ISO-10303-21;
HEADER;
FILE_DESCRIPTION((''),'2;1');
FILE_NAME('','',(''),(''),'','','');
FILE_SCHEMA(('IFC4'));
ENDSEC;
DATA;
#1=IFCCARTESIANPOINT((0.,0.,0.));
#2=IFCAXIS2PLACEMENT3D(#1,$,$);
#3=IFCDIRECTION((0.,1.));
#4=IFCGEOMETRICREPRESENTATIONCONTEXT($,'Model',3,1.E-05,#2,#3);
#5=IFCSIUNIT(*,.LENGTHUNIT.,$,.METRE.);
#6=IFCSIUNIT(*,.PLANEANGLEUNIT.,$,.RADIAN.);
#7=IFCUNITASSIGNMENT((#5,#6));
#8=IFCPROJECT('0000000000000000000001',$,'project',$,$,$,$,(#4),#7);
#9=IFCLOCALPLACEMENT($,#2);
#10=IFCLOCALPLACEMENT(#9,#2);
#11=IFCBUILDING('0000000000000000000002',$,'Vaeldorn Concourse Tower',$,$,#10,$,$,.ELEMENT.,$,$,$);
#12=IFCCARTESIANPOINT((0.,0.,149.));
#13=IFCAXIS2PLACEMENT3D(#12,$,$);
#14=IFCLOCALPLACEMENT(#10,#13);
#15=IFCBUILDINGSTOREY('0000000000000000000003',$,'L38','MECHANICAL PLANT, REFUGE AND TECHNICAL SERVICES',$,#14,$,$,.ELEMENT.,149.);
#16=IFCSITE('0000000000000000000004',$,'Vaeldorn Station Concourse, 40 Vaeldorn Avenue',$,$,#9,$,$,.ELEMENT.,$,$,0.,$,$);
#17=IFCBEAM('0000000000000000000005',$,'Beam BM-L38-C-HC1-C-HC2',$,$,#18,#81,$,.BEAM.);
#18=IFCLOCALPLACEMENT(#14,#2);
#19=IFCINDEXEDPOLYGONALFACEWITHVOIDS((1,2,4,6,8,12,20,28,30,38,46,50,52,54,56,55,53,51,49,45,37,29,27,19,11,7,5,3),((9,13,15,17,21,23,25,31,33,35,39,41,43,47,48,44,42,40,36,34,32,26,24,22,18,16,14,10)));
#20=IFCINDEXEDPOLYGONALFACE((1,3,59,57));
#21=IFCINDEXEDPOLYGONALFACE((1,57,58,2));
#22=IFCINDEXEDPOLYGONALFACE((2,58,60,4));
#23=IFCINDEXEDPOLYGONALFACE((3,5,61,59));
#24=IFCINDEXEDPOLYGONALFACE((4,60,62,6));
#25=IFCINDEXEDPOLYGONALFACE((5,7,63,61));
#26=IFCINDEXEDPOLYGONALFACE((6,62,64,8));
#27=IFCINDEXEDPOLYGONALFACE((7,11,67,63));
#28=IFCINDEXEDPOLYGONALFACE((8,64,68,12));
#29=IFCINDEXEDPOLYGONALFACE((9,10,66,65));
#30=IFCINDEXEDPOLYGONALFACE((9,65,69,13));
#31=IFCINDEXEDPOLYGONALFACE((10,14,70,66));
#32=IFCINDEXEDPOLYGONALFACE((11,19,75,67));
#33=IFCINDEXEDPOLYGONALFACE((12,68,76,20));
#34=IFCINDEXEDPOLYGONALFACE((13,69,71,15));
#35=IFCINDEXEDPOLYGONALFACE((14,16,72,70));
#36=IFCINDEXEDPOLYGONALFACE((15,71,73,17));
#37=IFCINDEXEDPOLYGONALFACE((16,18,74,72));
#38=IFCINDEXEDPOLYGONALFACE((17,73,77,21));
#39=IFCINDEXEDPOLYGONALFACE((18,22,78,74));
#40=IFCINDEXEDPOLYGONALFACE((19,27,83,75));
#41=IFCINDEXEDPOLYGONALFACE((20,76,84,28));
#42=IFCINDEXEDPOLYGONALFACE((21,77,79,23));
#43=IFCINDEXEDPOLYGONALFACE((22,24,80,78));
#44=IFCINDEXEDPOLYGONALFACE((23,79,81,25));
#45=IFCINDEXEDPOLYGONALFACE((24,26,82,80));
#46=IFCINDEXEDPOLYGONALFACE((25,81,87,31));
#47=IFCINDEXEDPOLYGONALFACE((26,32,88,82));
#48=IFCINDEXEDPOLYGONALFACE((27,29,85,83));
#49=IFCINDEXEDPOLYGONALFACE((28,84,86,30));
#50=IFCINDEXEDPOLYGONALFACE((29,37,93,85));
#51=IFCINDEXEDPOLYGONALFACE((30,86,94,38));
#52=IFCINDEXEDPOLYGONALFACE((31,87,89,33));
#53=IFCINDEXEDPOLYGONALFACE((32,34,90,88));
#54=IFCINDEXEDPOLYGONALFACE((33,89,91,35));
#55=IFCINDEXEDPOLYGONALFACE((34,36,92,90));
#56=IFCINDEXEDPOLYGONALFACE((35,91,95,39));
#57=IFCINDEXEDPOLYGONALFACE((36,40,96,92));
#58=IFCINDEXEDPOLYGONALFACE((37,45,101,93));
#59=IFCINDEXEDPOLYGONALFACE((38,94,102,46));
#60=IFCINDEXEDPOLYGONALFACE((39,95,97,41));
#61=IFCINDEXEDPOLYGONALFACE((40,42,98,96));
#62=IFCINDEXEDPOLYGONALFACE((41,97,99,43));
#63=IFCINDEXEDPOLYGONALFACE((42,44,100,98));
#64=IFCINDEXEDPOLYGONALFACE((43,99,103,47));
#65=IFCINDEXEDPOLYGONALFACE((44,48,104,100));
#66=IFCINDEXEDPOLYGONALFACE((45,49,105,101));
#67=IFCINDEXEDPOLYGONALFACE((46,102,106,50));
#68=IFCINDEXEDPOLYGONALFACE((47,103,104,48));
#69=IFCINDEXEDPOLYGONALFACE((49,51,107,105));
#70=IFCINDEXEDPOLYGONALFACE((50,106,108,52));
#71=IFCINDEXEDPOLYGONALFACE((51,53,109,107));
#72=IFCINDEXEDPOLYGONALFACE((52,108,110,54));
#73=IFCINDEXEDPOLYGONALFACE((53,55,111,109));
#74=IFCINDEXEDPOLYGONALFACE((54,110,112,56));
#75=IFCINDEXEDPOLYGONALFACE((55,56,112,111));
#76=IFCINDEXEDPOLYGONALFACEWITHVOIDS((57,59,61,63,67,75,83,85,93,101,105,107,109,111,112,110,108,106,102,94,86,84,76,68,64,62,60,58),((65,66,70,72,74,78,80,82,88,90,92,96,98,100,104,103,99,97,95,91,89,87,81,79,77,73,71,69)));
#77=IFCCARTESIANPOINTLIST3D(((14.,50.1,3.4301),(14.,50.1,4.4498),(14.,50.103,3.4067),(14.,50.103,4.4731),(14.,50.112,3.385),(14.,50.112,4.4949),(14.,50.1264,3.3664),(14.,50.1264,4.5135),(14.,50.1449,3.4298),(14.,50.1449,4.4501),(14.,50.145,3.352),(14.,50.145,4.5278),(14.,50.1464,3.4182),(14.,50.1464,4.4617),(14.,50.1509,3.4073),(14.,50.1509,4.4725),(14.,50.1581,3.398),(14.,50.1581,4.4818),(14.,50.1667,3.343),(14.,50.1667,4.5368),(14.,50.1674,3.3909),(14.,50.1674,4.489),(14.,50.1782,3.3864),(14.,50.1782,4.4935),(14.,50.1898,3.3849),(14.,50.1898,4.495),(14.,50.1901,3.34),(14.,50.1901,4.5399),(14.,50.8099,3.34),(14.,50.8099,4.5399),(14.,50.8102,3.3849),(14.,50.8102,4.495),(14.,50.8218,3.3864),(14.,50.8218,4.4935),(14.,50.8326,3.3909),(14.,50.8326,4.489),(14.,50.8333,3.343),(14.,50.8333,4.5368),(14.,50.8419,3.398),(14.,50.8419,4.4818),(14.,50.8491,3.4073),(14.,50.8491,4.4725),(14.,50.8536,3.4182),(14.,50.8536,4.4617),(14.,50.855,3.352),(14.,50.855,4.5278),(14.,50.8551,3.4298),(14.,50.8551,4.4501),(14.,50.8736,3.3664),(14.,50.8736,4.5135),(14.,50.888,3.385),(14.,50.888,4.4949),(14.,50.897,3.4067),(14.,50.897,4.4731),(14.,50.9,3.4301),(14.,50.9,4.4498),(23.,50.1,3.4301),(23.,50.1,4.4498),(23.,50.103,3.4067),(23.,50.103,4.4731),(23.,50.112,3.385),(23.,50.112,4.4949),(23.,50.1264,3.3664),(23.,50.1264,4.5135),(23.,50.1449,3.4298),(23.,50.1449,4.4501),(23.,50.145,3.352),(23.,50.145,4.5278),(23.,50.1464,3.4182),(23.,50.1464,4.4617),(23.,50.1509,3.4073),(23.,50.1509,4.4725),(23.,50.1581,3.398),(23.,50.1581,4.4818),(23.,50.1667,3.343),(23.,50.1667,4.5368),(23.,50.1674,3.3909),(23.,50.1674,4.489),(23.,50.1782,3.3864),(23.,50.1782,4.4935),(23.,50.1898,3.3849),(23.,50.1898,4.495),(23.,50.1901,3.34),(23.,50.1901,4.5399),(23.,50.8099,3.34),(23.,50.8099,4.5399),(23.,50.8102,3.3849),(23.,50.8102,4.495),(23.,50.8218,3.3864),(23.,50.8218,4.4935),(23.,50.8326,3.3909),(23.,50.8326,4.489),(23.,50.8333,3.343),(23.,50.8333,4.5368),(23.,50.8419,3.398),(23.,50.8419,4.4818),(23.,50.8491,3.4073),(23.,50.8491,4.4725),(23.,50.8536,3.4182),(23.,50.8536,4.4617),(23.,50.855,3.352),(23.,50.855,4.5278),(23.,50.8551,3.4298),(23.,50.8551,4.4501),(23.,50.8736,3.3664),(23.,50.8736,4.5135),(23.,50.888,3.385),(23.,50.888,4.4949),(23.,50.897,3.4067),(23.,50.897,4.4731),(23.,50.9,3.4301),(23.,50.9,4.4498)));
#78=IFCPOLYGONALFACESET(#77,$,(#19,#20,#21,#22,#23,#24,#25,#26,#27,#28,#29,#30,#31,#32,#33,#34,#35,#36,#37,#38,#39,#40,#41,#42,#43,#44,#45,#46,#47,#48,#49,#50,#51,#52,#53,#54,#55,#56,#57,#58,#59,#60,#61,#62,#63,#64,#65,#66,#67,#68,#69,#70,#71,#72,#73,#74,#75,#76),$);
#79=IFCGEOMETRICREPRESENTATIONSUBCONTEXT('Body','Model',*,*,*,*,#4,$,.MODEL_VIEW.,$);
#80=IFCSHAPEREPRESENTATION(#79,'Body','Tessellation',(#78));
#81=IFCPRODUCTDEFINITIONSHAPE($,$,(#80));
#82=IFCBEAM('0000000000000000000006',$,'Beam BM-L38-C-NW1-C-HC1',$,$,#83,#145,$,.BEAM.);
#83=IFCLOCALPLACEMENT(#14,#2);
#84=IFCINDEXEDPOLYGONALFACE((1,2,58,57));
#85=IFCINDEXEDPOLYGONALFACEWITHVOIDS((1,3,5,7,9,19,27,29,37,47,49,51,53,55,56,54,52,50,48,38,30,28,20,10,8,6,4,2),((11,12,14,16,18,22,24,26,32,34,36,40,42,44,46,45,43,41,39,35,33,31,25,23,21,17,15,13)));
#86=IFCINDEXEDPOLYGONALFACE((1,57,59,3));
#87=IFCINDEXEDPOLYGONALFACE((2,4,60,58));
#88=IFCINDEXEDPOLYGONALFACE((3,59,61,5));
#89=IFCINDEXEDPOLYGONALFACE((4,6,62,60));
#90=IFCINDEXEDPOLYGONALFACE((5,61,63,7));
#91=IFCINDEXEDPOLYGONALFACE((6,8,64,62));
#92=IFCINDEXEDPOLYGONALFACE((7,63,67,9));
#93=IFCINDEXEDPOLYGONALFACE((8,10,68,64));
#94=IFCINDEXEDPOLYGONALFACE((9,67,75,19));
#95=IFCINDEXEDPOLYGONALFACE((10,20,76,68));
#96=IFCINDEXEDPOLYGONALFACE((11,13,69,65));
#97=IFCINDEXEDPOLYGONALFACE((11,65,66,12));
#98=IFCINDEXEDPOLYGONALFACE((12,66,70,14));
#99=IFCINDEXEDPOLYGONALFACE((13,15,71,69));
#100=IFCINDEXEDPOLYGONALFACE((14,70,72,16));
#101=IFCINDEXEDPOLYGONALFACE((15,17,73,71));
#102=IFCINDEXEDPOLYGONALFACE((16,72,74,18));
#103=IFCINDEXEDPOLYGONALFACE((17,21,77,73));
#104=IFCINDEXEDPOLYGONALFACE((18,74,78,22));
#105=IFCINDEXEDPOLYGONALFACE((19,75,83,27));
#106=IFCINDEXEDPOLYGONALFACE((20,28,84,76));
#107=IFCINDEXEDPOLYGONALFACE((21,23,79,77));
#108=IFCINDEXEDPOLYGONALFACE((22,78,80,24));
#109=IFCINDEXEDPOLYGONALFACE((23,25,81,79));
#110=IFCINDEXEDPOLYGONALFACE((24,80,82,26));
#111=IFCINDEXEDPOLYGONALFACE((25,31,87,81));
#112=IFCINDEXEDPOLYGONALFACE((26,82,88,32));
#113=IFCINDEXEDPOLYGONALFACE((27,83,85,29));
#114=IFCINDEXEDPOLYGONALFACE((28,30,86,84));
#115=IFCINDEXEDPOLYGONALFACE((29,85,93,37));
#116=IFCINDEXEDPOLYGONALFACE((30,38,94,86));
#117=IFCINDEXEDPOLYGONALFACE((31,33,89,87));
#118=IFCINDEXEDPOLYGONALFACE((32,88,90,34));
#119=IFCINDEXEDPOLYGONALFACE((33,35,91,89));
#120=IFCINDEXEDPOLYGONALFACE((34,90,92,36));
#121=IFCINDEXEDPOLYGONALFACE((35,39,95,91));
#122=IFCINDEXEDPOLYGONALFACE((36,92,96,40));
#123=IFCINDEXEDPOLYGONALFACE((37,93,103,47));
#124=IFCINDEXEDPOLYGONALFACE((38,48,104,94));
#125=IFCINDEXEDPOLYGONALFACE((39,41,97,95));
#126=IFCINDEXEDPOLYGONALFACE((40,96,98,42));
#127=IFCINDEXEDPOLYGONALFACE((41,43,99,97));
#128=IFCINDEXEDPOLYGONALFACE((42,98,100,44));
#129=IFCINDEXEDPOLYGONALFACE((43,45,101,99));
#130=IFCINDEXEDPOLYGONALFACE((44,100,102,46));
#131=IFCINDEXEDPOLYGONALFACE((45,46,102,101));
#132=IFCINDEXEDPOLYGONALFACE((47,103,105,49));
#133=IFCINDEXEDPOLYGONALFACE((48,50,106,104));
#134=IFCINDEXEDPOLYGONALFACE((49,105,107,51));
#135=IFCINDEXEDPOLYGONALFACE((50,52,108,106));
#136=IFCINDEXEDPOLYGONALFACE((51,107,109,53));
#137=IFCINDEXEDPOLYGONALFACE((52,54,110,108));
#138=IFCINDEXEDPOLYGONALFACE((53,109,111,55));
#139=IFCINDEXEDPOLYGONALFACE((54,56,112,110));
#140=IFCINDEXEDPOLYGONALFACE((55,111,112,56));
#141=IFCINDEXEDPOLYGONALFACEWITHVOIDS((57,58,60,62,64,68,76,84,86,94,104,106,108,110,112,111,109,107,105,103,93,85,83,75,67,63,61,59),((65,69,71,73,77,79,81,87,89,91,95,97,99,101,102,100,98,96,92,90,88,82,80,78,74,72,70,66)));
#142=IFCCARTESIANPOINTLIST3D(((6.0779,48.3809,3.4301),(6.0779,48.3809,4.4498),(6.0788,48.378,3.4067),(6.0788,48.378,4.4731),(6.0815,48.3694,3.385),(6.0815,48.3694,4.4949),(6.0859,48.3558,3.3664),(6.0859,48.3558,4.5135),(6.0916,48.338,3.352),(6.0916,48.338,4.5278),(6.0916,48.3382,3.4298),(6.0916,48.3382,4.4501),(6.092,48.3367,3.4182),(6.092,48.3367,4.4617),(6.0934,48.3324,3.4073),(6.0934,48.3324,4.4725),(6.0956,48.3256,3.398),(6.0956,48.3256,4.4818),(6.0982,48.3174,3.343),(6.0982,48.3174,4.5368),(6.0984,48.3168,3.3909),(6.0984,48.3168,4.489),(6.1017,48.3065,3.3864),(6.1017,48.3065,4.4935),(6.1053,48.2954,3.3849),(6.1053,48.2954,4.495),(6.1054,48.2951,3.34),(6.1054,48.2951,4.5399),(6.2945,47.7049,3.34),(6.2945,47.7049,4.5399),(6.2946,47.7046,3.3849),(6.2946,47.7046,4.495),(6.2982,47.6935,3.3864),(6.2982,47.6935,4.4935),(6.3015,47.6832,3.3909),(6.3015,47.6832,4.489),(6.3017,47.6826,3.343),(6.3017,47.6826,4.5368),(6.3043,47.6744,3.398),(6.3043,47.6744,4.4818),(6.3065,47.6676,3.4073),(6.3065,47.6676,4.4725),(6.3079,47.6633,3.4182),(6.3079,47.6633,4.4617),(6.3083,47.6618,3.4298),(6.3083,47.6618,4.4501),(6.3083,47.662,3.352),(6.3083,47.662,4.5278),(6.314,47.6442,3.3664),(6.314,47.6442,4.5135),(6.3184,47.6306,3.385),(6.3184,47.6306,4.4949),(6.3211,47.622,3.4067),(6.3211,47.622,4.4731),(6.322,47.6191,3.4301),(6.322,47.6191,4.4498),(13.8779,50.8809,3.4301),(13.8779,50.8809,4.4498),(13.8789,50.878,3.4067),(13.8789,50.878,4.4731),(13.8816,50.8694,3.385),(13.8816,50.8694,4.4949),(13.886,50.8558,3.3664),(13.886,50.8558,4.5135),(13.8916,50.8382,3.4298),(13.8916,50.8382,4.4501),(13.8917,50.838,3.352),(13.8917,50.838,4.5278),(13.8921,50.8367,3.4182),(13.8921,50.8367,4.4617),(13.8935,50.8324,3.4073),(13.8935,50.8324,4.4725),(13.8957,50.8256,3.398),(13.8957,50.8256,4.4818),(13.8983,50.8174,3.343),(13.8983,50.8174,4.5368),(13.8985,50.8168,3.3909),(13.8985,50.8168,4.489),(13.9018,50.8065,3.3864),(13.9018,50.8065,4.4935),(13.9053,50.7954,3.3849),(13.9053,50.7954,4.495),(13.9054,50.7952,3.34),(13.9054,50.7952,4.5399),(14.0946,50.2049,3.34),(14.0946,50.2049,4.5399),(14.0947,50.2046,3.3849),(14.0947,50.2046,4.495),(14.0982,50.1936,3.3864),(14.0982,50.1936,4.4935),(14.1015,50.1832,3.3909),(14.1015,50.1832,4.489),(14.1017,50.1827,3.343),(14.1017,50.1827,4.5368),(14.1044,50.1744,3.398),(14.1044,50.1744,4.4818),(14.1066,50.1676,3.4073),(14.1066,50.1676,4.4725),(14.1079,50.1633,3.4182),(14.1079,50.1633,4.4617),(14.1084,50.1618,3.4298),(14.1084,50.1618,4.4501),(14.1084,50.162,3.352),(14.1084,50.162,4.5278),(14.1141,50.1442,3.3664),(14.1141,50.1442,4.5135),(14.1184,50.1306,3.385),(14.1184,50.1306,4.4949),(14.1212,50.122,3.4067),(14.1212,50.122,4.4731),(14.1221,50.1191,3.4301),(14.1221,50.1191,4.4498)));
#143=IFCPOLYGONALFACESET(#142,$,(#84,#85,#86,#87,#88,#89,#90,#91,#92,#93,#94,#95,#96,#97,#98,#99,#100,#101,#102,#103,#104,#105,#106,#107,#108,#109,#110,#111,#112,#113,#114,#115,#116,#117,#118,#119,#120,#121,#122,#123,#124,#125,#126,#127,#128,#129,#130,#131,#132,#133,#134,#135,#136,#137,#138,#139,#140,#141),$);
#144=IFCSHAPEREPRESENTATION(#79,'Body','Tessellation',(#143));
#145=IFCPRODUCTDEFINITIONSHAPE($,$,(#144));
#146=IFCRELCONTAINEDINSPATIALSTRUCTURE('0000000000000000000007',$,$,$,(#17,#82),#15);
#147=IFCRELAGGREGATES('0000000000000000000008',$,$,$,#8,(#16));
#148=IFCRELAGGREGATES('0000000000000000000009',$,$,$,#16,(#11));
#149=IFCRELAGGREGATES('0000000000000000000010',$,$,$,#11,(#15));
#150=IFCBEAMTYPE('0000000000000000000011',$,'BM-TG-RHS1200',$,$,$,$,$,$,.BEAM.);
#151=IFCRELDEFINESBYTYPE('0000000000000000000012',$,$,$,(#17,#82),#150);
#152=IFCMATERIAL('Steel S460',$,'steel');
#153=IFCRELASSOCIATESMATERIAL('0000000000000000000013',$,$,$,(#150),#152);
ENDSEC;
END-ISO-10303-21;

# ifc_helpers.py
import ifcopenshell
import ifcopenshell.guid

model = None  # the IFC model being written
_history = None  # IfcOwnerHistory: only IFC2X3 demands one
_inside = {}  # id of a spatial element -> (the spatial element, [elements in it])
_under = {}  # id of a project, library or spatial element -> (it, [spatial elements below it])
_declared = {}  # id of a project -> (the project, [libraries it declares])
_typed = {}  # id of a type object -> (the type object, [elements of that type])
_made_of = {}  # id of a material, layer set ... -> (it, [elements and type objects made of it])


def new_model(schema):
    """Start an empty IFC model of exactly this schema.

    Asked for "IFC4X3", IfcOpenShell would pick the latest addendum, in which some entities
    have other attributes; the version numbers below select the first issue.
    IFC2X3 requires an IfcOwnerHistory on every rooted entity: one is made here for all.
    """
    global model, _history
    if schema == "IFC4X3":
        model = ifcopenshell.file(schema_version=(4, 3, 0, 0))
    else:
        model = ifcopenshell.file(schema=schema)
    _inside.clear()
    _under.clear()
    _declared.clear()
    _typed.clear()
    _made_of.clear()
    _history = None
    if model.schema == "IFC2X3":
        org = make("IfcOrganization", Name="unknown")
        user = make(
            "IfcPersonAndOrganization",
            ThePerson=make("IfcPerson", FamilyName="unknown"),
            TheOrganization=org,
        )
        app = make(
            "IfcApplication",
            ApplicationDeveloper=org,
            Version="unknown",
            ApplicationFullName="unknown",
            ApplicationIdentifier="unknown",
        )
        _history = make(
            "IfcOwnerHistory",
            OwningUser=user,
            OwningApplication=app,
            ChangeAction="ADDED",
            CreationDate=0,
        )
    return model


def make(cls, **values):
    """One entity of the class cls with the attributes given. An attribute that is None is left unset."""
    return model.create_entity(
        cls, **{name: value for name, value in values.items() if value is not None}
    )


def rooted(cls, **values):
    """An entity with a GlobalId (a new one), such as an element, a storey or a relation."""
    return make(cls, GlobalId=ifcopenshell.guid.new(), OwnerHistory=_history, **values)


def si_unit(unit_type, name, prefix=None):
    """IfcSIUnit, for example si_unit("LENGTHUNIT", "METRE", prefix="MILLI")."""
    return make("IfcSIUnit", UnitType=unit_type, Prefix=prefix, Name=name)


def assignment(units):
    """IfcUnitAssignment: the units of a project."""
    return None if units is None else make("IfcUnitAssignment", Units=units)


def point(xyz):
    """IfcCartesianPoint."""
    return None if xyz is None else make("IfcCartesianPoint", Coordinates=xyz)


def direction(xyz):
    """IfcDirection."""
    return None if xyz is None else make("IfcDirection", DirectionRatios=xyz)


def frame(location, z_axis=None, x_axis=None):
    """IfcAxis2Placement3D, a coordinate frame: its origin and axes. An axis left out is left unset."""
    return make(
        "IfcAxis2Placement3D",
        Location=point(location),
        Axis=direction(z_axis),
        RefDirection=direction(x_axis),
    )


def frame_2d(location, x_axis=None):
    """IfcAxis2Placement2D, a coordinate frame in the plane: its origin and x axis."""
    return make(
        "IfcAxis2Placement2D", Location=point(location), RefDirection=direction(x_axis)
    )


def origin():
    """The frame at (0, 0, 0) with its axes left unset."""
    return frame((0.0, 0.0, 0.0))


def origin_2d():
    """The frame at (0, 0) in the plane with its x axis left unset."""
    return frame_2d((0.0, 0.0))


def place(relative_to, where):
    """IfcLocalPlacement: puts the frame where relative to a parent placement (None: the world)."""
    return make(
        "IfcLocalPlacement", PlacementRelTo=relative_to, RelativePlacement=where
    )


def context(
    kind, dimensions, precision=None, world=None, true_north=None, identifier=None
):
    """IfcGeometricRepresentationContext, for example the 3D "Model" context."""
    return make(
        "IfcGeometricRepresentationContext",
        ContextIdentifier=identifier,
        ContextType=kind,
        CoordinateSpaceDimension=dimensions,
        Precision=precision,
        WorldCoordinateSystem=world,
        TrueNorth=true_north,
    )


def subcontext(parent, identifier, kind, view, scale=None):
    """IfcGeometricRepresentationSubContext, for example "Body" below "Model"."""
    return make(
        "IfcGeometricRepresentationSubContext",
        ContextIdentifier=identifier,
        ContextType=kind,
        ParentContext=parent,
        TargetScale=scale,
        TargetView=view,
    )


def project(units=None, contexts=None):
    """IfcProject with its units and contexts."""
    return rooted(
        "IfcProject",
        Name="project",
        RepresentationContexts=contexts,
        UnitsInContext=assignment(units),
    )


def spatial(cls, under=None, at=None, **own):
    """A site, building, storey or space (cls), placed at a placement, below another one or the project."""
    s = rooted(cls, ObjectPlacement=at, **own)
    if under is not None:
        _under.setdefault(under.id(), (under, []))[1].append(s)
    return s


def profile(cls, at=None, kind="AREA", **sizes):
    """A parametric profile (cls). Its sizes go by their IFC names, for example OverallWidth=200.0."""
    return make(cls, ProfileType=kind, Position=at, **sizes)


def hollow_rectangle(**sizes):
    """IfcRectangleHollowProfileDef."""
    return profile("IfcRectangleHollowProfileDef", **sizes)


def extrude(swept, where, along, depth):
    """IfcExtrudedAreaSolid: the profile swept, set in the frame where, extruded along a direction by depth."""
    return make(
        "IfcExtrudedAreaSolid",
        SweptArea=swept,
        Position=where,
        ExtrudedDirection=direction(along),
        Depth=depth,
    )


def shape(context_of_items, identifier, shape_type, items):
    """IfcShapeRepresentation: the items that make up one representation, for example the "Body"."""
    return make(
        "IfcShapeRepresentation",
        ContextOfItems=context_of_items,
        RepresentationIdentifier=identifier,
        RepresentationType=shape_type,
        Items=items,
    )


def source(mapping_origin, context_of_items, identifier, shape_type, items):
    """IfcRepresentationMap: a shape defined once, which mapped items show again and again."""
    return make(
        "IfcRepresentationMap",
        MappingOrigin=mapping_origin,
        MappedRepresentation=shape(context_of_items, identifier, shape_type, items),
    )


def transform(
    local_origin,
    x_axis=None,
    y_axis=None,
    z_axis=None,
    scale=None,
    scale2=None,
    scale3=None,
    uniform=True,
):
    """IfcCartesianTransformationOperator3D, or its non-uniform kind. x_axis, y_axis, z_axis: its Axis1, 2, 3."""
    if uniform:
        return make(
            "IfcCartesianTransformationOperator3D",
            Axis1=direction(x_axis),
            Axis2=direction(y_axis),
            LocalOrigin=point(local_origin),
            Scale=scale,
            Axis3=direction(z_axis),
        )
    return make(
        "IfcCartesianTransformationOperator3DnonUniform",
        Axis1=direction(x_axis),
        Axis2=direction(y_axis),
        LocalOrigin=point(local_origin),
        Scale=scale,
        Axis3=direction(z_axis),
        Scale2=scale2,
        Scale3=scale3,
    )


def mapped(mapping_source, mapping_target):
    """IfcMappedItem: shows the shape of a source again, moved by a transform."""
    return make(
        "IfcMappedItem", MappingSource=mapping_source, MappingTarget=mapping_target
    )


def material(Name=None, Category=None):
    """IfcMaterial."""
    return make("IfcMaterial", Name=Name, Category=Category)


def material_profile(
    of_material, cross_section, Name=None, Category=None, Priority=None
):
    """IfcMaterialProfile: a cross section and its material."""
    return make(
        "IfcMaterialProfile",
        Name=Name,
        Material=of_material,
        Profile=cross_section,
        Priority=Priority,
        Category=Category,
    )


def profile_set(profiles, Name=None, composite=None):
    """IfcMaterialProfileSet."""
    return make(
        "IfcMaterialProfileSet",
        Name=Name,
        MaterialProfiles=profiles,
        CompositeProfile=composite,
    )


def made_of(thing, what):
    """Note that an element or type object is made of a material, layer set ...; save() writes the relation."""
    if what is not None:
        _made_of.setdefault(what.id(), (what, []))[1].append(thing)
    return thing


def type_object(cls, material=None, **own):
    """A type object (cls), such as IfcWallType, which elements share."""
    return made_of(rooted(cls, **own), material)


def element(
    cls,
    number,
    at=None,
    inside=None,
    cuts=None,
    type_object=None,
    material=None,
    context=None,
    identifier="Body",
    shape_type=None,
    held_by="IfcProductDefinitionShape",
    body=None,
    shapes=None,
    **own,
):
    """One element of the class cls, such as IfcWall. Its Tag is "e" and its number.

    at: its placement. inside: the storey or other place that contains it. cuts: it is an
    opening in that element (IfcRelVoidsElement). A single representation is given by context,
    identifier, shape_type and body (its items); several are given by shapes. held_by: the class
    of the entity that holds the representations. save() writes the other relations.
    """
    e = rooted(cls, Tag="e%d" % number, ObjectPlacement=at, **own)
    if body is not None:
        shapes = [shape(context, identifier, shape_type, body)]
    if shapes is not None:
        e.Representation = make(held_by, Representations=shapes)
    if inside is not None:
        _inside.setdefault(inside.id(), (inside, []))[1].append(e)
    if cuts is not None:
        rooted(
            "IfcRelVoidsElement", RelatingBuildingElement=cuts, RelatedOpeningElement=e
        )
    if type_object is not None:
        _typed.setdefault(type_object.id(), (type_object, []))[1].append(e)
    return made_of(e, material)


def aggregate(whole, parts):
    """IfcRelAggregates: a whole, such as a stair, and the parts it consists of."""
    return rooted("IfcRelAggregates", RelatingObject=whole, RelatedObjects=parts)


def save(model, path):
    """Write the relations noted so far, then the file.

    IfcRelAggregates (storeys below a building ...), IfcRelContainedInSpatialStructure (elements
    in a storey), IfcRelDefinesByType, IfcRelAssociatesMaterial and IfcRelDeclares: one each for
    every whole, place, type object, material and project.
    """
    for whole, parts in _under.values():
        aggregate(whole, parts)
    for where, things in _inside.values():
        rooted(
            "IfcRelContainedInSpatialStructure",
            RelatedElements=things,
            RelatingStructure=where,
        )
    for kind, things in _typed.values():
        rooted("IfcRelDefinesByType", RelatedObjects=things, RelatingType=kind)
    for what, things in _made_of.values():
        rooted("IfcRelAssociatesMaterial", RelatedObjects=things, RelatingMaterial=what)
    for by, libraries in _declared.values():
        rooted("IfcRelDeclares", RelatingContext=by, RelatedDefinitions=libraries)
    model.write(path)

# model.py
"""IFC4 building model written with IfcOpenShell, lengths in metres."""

from ifc_helpers import new_model, si_unit, direction, frame, origin, origin_2d, place, context, subcontext, project, spatial, hollow_rectangle, extrude, source, transform, mapped, material, material_profile, profile_set, type_object, element, save


model = new_model("IFC4")

# Units and contexts
model_context = context("Model", 3, precision=1e-05, world=origin(), true_north=direction((0.0, 1.0)))
body_context = subcontext(model_context, "Body", "Model", "MODEL_VIEW")
ifc_project = project(units=[si_unit("LENGTHUNIT", "METRE"), si_unit("PLANEANGLEUNIT", "RADIAN")], contexts=[model_context])

# Site, building, storey
site_placement = place(None, origin())
site = spatial("IfcSite", under=ifc_project, at=site_placement, Name="Vaeldorn Station Concourse, 40 Vaeldorn Avenue", CompositionType="ELEMENT", RefElevation=0.0)
building_placement = place(site_placement, origin())
building = spatial("IfcBuilding", under=site, at=building_placement, Name="Vaeldorn Concourse Tower", CompositionType="ELEMENT")
storey_placement = place(building_placement, frame((0.0, 0.0, 149.0)))
storey = spatial("IfcBuildingStorey", under=building, at=storey_placement, Name="L38", Description="MECHANICAL PLANT, REFUGE AND TECHNICAL SERVICES", CompositionType="ELEMENT", Elevation=149.0)

# Shared definitions
ifc_material_1 = material(Name="Steel S460", Category="steel")

# Beams
ifc_material_profile_1 = material_profile(ifc_material_1, hollow_rectangle(XDim=0.8, YDim=1.2, WallThickness=0.0449, InnerFilletRadius=0.0449, OuterFilletRadius=0.0901, at=origin_2d()), Name="RHS 1200x800x45")
ifc_profile_set_1 = profile_set([ifc_material_profile_1], Name="Steel S460")
beam_type_1 = type_object("IfcBeamType", Name="BM-TG-RHS1200", PredefinedType="BEAM", material=ifc_profile_set_1)
shared_shape_1 = source(origin(), body_context, "Body", "SweptSolid", [
    extrude(hollow_rectangle(XDim=0.8, YDim=1.2, WallThickness=0.0449, InnerFilletRadius=0.0449, OuterFilletRadius=0.0901, at=origin_2d()), origin(), (0.0, 0.0, 1.0), 9.0),
])
beam_1_placement = place(storey_placement, frame((14.0, 50.5, 3.9399), z_axis=(1.0, 0.0, 0.0), x_axis=(0.0, 1.0, 0.0)))
element("IfcBeam", 1, at=beam_1_placement, inside=storey, type_object=beam_type_1, Name="Beam BM-L38-C-HC1-C-HC2", PredefinedType="BEAM", context=body_context, shape_type="MappedRepresentation", body=[
    mapped(shared_shape_1, transform((0.0, 0.0, 0.0), scale=1.0)),
])
shared_shape_2 = source(origin(), body_context, "Body", "SweptSolid", [
    extrude(hollow_rectangle(XDim=0.8, YDim=1.2, WallThickness=0.0449, InnerFilletRadius=0.0449, OuterFilletRadius=0.0901, at=origin_2d()), origin(), (0.0, 0.0, 1.0), 8.1909),
])
beam_2_placement = place(storey_placement, frame((6.2, 48.0, 3.9399), z_axis=(0.952283, 0.305217, 0.0), x_axis=(-0.305217, 0.952283, 0.0)))
element("IfcBeam", 2, at=beam_2_placement, inside=storey, type_object=beam_type_1, Name="Beam BM-L38-C-NW1-C-HC1", PredefinedType="BEAM", context=body_context, shape_type="MappedRepresentation", body=[
    mapped(shared_shape_2, transform((0.0, 0.0, 0.0), scale=1.0)),
])

save(model, "model.ifc")
